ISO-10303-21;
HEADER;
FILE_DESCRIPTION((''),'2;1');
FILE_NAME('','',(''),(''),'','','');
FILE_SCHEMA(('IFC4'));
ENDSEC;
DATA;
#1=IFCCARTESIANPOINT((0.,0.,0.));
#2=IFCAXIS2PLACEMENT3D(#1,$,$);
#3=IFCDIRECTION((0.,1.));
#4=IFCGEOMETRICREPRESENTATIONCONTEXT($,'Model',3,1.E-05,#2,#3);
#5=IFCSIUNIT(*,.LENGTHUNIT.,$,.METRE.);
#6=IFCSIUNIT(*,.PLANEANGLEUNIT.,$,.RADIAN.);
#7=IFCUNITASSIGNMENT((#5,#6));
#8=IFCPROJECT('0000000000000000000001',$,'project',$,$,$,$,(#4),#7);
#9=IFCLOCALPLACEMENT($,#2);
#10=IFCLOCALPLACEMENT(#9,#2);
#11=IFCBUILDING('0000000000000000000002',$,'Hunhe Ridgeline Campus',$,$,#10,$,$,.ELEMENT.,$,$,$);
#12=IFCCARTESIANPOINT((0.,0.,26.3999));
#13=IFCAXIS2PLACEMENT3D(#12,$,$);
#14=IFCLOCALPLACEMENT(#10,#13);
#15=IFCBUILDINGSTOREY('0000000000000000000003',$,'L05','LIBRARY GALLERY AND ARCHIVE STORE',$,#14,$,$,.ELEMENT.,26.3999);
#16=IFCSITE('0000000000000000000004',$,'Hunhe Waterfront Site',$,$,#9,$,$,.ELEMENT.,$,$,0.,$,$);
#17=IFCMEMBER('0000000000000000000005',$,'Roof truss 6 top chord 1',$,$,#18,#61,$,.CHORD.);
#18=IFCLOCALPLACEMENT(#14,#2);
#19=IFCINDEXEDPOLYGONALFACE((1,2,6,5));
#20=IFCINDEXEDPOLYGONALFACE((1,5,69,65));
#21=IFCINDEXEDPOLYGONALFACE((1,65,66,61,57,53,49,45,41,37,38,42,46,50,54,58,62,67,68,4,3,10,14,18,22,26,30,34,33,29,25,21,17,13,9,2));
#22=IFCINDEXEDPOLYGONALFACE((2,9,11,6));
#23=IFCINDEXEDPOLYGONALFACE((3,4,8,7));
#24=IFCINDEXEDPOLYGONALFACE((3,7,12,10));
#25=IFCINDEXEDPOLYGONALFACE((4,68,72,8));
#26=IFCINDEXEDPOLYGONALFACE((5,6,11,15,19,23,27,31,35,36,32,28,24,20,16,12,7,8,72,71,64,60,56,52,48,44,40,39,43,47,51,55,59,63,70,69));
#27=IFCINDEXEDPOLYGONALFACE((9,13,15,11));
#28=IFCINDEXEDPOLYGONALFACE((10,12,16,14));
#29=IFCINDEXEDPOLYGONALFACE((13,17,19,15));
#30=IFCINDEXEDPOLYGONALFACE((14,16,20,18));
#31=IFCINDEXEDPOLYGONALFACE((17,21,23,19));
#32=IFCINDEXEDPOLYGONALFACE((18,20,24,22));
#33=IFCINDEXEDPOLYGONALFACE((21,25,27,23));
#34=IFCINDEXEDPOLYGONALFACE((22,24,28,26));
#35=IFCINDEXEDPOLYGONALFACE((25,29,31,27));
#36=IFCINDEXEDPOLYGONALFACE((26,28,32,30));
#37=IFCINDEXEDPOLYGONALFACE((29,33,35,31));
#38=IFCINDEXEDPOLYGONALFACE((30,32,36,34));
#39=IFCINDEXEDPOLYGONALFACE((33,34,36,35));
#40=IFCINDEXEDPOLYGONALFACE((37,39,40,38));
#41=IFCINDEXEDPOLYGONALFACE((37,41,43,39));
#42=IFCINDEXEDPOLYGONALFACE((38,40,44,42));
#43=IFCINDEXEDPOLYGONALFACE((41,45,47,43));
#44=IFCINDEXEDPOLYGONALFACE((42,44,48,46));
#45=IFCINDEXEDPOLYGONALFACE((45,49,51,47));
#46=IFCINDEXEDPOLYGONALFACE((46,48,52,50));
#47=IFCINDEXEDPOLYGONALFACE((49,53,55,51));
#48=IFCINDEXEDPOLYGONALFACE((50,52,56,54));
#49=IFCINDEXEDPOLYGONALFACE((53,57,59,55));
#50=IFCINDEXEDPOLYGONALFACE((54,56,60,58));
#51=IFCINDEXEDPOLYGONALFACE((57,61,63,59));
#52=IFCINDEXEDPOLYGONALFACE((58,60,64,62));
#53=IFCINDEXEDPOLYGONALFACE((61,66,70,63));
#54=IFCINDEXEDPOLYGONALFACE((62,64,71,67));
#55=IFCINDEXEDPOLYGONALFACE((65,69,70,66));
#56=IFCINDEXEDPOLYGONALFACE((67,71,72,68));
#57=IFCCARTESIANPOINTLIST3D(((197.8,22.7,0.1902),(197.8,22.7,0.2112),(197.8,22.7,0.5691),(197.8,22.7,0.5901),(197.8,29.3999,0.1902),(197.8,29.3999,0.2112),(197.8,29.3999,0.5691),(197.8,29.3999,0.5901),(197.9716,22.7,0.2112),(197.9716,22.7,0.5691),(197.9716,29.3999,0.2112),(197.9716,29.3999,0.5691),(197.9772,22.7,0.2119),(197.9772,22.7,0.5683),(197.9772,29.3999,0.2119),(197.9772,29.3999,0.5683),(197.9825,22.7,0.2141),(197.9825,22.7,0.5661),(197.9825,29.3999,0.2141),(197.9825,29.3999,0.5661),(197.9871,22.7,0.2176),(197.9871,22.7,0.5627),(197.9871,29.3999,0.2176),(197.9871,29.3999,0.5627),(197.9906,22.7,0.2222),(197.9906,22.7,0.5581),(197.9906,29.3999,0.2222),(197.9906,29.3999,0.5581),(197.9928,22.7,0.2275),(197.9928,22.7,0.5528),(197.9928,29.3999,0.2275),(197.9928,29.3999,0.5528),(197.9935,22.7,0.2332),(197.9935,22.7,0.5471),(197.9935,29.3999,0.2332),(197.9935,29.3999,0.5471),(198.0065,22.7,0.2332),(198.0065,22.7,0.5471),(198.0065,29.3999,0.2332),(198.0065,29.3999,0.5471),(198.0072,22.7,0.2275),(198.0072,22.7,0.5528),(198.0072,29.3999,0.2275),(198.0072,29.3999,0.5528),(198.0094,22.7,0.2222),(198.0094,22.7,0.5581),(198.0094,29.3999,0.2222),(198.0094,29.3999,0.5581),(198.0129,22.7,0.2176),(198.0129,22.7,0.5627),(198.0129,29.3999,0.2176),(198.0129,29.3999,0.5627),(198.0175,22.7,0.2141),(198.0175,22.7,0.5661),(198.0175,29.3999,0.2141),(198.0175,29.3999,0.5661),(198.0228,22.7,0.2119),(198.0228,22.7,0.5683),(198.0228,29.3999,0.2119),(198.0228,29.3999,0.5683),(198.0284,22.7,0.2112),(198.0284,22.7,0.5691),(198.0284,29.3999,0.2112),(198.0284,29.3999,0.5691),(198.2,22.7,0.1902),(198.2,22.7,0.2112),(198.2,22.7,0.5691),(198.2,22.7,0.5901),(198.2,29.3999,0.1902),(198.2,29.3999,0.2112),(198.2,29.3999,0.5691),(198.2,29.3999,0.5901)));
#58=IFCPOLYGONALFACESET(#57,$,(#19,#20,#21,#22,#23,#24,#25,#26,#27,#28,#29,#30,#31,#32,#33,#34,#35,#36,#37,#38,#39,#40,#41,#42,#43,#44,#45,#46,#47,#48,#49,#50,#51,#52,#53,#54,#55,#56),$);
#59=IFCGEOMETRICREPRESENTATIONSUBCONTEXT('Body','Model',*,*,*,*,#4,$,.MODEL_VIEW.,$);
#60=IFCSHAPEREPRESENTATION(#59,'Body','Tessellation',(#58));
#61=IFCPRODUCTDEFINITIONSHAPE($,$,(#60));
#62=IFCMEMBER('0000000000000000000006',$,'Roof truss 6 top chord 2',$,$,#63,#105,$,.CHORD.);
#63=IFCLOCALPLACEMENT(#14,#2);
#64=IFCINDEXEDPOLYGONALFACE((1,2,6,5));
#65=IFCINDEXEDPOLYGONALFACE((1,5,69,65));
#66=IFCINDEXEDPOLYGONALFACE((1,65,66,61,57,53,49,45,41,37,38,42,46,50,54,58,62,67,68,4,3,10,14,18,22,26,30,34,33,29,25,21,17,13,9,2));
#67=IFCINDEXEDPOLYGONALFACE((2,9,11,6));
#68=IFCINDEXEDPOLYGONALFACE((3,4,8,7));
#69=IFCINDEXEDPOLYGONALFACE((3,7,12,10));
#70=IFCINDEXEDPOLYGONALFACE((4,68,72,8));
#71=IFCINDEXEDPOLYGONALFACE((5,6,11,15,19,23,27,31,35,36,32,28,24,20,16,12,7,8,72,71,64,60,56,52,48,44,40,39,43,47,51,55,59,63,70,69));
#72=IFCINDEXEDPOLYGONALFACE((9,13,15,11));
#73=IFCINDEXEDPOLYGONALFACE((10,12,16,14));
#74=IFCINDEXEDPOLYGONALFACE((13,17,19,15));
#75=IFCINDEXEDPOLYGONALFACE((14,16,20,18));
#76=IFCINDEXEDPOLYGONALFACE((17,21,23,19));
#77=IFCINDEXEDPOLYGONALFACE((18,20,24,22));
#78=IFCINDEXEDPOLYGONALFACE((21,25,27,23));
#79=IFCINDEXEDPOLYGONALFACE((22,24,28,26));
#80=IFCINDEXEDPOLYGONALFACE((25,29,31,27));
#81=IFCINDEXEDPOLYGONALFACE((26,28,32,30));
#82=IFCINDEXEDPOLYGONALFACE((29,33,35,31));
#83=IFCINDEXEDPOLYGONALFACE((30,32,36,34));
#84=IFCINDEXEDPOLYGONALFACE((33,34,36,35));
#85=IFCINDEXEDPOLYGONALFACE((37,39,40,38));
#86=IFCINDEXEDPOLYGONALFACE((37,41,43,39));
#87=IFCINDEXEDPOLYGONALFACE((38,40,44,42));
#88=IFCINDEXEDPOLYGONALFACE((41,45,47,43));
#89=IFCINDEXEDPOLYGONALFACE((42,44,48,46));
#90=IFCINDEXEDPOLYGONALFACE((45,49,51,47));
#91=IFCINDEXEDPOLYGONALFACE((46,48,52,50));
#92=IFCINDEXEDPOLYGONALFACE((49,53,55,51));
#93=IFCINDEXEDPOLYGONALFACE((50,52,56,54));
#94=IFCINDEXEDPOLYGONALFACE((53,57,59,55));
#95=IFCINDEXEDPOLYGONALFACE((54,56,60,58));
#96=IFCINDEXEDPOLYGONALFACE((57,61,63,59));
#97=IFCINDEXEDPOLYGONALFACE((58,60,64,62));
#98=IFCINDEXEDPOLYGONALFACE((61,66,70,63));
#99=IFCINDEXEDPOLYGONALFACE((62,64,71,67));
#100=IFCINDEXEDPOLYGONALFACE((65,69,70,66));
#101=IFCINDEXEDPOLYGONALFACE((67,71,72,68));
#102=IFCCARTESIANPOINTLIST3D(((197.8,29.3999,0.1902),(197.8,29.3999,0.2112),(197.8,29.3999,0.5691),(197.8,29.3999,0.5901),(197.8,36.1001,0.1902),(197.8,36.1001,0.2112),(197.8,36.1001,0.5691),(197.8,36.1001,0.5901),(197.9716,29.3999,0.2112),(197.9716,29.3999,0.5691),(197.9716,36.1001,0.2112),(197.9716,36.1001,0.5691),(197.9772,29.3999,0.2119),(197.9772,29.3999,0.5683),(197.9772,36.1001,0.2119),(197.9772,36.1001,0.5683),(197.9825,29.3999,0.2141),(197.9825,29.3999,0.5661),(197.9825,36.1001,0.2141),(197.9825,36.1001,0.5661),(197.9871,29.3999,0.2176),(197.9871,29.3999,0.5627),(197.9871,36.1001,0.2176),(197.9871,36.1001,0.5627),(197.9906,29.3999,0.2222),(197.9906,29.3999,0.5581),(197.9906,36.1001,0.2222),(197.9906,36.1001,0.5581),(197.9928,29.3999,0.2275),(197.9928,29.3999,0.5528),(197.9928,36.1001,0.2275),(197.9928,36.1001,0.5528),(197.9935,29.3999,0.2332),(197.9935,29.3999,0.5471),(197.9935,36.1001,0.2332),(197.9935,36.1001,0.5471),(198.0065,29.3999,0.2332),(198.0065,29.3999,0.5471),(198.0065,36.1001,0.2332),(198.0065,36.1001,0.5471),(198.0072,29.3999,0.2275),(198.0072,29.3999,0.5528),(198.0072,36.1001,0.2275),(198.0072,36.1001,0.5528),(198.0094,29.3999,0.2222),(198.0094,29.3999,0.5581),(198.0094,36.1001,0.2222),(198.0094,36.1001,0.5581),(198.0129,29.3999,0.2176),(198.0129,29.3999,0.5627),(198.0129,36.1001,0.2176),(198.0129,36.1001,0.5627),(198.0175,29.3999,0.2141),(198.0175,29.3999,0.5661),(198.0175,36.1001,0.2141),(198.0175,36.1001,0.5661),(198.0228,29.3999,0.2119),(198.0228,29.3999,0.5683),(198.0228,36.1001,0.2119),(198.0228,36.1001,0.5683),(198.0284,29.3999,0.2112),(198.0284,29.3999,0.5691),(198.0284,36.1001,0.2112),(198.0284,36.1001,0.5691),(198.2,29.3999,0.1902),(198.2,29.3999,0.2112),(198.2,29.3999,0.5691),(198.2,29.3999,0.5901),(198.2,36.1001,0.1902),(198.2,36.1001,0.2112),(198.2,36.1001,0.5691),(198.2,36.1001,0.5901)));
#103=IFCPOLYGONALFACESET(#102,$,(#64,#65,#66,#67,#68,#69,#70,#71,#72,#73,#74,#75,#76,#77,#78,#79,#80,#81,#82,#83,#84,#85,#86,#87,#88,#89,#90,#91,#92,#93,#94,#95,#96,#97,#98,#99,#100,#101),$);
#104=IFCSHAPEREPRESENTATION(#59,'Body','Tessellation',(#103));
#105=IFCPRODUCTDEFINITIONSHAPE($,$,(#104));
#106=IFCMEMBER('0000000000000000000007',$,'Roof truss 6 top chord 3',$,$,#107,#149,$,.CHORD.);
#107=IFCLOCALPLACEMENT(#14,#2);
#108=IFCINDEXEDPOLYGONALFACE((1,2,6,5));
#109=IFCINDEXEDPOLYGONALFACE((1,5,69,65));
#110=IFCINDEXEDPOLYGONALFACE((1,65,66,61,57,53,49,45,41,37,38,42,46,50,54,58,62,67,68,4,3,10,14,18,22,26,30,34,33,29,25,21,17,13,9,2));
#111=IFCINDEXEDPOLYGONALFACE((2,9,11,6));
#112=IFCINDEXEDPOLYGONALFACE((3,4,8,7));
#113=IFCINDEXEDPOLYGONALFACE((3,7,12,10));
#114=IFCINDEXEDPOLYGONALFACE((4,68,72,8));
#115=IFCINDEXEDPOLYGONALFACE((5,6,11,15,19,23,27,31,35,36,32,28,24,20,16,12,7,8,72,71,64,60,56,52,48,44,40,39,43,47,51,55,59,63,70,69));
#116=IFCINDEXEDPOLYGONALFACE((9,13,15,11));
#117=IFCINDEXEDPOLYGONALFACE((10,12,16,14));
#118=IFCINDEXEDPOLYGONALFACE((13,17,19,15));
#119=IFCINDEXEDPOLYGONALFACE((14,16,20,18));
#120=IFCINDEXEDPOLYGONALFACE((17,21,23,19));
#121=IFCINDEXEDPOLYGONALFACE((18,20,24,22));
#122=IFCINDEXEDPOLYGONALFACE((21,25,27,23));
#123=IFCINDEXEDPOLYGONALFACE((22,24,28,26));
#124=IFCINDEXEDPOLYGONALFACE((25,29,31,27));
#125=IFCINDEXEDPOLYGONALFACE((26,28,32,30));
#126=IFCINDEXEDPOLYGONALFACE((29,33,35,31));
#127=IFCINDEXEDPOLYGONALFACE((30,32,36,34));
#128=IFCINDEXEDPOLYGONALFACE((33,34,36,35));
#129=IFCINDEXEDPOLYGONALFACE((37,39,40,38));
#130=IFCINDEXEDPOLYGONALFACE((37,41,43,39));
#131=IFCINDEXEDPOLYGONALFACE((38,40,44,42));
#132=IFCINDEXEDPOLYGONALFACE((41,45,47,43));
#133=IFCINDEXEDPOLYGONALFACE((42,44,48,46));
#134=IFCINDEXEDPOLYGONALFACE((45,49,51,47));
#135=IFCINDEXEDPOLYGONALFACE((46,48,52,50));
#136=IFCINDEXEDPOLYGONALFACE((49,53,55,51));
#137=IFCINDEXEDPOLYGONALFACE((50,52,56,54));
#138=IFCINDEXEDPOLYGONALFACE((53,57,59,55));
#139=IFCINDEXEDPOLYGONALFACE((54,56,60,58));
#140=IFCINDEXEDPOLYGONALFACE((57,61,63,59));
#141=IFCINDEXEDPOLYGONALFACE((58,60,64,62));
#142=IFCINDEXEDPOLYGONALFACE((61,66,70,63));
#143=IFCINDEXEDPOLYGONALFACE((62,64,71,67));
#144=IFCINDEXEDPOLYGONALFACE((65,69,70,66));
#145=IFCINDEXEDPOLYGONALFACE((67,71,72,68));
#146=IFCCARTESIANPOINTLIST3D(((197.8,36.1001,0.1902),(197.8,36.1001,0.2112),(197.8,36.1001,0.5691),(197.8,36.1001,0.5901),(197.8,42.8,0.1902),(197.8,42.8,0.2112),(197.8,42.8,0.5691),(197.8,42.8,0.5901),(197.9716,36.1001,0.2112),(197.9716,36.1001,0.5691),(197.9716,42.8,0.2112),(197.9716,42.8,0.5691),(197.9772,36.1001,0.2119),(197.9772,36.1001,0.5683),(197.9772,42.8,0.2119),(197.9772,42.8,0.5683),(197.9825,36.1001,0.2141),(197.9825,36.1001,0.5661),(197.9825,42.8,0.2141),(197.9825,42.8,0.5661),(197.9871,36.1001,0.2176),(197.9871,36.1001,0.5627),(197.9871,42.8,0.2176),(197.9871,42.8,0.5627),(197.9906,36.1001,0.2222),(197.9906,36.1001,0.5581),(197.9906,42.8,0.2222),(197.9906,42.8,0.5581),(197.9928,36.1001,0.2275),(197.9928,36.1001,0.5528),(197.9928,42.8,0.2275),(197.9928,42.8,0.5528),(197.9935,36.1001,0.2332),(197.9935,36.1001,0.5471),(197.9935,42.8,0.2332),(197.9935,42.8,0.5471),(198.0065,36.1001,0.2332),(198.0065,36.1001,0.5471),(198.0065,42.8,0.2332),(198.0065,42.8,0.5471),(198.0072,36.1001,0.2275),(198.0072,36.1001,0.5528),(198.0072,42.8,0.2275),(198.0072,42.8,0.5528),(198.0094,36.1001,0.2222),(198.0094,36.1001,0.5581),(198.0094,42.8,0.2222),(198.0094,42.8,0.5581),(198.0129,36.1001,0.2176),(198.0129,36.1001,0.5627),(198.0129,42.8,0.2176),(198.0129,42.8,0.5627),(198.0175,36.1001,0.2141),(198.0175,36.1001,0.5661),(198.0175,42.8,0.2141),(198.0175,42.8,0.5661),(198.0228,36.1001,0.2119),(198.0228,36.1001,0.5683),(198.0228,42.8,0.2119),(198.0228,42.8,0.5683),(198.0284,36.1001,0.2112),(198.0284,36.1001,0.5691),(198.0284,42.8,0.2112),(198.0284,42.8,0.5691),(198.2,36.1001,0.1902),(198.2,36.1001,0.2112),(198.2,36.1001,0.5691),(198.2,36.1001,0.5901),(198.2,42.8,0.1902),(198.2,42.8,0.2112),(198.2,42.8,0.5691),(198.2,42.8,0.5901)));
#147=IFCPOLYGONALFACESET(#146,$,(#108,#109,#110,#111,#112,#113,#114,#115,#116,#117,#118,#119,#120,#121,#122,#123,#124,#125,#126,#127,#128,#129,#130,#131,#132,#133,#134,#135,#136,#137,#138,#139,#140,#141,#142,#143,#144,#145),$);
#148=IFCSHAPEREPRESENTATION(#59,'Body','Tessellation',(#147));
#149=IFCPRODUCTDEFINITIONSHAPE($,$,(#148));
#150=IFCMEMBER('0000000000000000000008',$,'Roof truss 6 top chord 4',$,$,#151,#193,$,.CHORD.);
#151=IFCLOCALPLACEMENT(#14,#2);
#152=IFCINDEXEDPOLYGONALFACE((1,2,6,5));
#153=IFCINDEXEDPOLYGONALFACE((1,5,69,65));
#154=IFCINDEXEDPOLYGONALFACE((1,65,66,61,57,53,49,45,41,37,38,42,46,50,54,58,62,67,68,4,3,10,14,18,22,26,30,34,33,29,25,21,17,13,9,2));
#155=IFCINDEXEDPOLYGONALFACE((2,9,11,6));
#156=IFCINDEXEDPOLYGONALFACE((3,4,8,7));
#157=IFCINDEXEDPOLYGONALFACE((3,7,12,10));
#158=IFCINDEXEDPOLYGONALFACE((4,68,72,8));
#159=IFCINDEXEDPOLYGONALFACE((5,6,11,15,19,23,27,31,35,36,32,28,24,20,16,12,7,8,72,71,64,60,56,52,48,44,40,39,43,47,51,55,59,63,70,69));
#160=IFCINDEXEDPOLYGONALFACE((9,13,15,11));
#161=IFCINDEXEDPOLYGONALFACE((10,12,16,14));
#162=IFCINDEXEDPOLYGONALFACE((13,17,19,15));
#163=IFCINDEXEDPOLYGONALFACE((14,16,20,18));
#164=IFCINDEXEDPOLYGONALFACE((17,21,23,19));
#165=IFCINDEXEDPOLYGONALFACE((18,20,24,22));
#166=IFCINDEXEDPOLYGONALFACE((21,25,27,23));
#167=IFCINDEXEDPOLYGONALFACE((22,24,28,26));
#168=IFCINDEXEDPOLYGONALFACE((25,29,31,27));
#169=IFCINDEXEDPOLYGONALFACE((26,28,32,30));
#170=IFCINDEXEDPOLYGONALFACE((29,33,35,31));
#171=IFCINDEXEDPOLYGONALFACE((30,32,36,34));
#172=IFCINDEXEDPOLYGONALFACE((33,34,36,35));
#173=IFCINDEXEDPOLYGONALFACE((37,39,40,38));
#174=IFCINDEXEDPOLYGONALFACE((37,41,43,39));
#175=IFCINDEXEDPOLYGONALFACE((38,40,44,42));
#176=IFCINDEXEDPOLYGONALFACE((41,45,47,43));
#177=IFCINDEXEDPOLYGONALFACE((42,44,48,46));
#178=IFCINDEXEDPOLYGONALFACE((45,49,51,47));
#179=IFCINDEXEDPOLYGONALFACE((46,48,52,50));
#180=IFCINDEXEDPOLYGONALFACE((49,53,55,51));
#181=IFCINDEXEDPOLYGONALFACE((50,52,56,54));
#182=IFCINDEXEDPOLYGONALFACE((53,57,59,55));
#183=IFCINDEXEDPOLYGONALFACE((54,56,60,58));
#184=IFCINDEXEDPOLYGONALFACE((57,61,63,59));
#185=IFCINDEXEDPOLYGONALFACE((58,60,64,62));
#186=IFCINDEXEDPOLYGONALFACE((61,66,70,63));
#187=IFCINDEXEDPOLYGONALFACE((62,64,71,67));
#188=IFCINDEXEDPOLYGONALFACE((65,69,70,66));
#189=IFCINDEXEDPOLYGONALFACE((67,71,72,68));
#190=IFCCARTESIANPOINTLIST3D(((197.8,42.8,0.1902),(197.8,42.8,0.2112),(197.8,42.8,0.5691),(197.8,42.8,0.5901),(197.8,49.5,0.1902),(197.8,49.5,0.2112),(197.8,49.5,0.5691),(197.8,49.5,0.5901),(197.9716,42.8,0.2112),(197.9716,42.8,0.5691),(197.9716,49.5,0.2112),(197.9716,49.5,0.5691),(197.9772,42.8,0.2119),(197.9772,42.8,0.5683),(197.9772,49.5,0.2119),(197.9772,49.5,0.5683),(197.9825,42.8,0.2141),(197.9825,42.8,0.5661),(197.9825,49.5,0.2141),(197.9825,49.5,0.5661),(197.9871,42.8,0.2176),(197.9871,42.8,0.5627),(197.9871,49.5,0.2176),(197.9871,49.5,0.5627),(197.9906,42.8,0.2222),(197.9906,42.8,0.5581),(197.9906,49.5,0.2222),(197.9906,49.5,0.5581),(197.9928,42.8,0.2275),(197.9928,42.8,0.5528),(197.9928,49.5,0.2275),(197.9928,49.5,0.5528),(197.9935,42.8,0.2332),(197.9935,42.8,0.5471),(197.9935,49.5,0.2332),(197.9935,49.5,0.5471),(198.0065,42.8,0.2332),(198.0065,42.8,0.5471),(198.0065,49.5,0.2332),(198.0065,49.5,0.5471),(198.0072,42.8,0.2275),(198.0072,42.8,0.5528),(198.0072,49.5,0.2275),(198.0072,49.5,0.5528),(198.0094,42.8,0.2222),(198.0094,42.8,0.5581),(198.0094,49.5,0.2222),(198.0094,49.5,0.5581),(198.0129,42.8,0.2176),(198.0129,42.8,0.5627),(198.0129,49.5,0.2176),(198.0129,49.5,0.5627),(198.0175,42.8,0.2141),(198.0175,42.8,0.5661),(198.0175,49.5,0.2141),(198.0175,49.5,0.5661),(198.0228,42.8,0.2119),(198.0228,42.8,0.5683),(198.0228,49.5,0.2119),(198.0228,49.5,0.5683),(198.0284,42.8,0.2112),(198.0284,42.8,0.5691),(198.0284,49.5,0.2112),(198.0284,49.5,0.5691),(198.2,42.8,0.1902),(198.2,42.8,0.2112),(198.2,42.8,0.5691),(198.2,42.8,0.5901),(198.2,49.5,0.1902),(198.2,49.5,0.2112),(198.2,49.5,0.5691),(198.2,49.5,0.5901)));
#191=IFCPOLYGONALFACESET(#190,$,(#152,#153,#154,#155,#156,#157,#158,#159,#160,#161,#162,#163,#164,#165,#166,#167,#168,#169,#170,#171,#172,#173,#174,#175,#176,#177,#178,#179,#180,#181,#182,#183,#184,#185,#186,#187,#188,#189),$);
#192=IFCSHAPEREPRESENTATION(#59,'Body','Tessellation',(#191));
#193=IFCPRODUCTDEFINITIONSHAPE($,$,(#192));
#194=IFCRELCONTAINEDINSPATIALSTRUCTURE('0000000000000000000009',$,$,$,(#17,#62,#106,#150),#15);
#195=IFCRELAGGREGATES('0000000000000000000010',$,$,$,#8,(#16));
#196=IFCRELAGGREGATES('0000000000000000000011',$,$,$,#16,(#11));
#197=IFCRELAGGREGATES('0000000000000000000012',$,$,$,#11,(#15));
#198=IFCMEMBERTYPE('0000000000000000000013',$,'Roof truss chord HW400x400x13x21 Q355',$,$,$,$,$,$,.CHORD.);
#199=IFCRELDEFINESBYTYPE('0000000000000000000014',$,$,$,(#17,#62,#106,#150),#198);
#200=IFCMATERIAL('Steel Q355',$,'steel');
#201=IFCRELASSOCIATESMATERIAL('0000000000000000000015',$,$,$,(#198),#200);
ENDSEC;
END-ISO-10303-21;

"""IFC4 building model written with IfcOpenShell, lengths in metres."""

from ifc_helpers import new_model, si_unit, direction, frame, origin, origin_2d, place, context, subcontext, project, spatial, i_section, extrude, material, material_profile, profile_set, type_object, element, save


model = new_model("IFC4")

# Units and contexts
model_context = context("Model", 3, precision=1e-05, world=origin(), true_north=direction((0.0, 1.0)))
body_context = subcontext(model_context, "Body", "Model", "MODEL_VIEW")
ifc_project = project(units=[si_unit("LENGTHUNIT", "METRE"), si_unit("PLANEANGLEUNIT", "RADIAN")], contexts=[model_context])

# Site, building, storey
site_placement = place(None, origin())
site = spatial("IfcSite", under=ifc_project, at=site_placement, Name="Hunhe Waterfront Site", CompositionType="ELEMENT", RefElevation=0.0)
building_placement = place(site_placement, origin())
building = spatial("IfcBuilding", under=site, at=building_placement, Name="Hunhe Ridgeline Campus", CompositionType="ELEMENT")
storey_placement = place(building_placement, frame((0.0, 0.0, 26.3999)))
storey = spatial("IfcBuildingStorey", under=building, at=storey_placement, Name="L05", Description="LIBRARY GALLERY AND ARCHIVE STORE", CompositionType="ELEMENT", Elevation=26.3999)

# Members
ifc_material = material(Name="Steel Q355", Category="steel")
ifc_material_profile_1 = material_profile(ifc_material, i_section(OverallWidth=0.3999, OverallDepth=0.3999, WebThickness=0.0129, FlangeThickness=0.021, FilletRadius=0.022, at=origin_2d()))
ifc_profile_set_1 = profile_set([ifc_material_profile_1], Name="Steel Q355")
member_type_1 = type_object("IfcMemberType", Name="Roof truss chord HW400x400x13x21 Q355", PredefinedType="CHORD", material=ifc_profile_set_1)
for number, where, z_axis, x_axis, name in (
    (1, (198.0, 22.7, 0.3901), (0.0, 1.0, 0.0), (-1.0, 0.0, 0.0), "Roof truss 6 top chord 1"),
):
    element("IfcMember", number, at=place(storey_placement, frame(where, z_axis=z_axis, x_axis=x_axis)), inside=storey, type_object=member_type_1, Name=name, PredefinedType="CHORD", context=body_context, shape_type="SweptSolid", body=[
        extrude(i_section(OverallWidth=0.3999, OverallDepth=0.3999, WebThickness=0.0129, FlangeThickness=0.021, FilletRadius=0.022, at=origin_2d()), origin(), (0.0, 0.0, 1.0), 6.7),
    ])
member_1_placement = place(storey_placement, frame((198.0, 29.3999, 0.3901), z_axis=(0.0, 1.0, 0.0), x_axis=(-1.0, 0.0, 0.0)))
element("IfcMember", 2, at=member_1_placement, inside=storey, type_object=member_type_1, Name="Roof truss 6 top chord 2", PredefinedType="CHORD", context=body_context, shape_type="SweptSolid", body=[
    extrude(i_section(OverallWidth=0.3999, OverallDepth=0.3999, WebThickness=0.0129, FlangeThickness=0.021, FilletRadius=0.022, at=origin_2d()), origin(), (0.0, 0.0, 1.0), 6.7002),
])
for number, where, z_axis, x_axis, name in (
    (3, (198.0, 36.1001, 0.3901), (0.0, 1.0, 0.0), (-1.0, 0.0, 0.0), "Roof truss 6 top chord 3"),
    (4, (198.0, 42.8, 0.3901), (0.0, 1.0, 0.0), (-1.0, 0.0, 0.0), "Roof truss 6 top chord 4"),
):
    element("IfcMember", number, at=place(storey_placement, frame(where, z_axis=z_axis, x_axis=x_axis)), inside=storey, type_object=member_type_1, Name=name, PredefinedType="CHORD", context=body_context, shape_type="SweptSolid", body=[
        extrude(i_section(OverallWidth=0.3999, OverallDepth=0.3999, WebThickness=0.0129, FlangeThickness=0.021, FilletRadius=0.022, at=origin_2d()), origin(), (0.0, 0.0, 1.0), 6.7),
    ])

save(model, "model.ifc")
